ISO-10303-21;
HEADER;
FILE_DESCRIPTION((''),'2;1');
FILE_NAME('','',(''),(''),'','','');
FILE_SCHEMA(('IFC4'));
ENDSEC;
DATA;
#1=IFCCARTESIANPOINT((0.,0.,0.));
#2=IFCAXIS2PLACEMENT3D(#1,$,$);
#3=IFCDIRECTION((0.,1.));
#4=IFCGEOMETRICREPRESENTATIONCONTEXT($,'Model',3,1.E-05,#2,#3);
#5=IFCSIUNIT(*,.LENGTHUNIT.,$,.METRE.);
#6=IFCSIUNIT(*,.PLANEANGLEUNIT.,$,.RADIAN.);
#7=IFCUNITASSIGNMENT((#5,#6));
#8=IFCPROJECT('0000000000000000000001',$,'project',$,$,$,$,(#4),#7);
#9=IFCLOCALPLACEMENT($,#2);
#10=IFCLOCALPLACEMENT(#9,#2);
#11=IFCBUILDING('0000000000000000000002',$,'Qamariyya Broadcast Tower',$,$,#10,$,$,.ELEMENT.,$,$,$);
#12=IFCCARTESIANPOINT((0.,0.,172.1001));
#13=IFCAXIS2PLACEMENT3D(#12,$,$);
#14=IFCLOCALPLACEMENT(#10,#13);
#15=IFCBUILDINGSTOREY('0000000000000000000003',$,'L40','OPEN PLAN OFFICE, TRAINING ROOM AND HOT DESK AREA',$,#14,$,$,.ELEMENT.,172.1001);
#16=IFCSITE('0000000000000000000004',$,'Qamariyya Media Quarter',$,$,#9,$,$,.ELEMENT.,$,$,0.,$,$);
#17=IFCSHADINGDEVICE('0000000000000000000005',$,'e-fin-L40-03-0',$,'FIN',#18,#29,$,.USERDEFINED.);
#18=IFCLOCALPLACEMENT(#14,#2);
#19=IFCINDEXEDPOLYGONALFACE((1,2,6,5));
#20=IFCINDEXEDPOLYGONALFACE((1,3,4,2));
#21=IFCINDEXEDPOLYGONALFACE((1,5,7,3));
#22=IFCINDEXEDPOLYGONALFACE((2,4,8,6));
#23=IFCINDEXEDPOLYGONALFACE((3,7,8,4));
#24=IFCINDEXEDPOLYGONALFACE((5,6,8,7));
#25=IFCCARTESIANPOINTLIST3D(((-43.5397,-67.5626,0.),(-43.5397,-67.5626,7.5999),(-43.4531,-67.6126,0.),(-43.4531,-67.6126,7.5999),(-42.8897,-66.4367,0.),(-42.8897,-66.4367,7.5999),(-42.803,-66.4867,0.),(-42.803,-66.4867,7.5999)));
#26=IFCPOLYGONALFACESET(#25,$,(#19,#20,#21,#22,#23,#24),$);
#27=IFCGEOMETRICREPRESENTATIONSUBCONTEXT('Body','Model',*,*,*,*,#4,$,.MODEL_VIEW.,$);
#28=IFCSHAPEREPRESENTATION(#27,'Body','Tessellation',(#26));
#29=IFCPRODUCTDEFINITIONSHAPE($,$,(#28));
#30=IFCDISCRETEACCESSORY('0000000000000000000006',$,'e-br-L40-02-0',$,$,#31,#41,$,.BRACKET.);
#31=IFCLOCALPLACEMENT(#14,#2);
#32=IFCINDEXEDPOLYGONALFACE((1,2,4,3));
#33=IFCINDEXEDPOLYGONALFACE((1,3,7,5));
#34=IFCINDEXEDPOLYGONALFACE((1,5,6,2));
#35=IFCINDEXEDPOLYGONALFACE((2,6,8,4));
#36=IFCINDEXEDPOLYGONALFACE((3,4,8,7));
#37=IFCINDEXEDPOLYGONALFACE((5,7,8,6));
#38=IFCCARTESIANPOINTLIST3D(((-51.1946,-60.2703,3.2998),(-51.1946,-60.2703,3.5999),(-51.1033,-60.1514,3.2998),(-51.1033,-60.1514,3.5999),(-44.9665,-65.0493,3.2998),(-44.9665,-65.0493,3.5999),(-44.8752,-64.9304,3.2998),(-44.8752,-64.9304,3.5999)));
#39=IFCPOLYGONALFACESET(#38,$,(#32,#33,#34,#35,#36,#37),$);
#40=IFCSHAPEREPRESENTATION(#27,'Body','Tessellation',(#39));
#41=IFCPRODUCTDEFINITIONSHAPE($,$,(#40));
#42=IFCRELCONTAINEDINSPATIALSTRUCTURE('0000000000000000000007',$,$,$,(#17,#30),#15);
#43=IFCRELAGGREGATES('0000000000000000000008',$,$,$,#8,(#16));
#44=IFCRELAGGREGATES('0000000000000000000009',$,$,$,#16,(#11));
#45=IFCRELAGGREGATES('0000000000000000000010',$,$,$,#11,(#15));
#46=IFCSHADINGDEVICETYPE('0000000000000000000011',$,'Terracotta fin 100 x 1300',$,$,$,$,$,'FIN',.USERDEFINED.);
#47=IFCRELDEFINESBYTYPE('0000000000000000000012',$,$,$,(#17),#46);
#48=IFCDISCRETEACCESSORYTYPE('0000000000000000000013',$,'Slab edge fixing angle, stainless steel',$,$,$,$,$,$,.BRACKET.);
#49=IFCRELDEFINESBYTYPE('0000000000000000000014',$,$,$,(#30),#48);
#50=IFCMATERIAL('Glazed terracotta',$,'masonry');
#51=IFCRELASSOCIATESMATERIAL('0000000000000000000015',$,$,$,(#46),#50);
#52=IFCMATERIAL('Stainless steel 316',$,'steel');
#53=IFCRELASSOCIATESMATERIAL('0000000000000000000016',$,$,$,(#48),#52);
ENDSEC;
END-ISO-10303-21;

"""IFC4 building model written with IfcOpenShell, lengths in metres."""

from ifc_helpers import new_model, si_unit, direction, frame, origin, origin_2d, place, context, subcontext, project, spatial, rectangle, extrude, material, material_profile, profile_set, type_object, element, save


model = new_model("IFC4")

# Units and contexts
model_context = context("Model", 3, precision=1e-05, world=origin(), true_north=direction((0.0, 1.0)))
body_context = subcontext(model_context, "Body", "Model", "MODEL_VIEW")
ifc_project = project(units=[si_unit("LENGTHUNIT", "METRE"), si_unit("PLANEANGLEUNIT", "RADIAN")], contexts=[model_context])

# Site, building, storey
site_placement = place(None, origin())
site = spatial("IfcSite", under=ifc_project, at=site_placement, Name="Qamariyya Media Quarter", CompositionType="ELEMENT", RefElevation=0.0)
building_placement = place(site_placement, origin())
building = spatial("IfcBuilding", under=site, at=building_placement, Name="Qamariyya Broadcast Tower", CompositionType="ELEMENT")
storey_placement = place(building_placement, frame((0.0, 0.0, 172.1001)))
storey = spatial("IfcBuildingStorey", under=building, at=storey_placement, Name="L40", Description="OPEN PLAN OFFICE, TRAINING ROOM AND HOT DESK AREA", CompositionType="ELEMENT", Elevation=172.1001)

# Shading device
ifc_material_1 = material(Name="Glazed terracotta", Category="masonry")
ifc_material_profile_1 = material_profile(ifc_material_1, rectangle(XDim=1.3, YDim=0.1001, at=origin_2d()))
ifc_profile_set_1 = profile_set([ifc_material_profile_1], Name="Glazed terracotta")
shading_device_type_1 = type_object("IfcShadingDeviceType", Name="Terracotta fin 100 x 1300", ElementType="FIN", PredefinedType="USERDEFINED", material=ifc_profile_set_1)
for number, where, z_axis, x_axis, name in (
    (1, (-43.1714, -67.0247, 0.0), (0.0, 0.0, 1.0), (-0.5, -0.866025, 0.0), "e-fin-L40-03-0"),
):
    element("IfcShadingDevice", number, at=place(storey_placement, frame(where, z_axis=z_axis, x_axis=x_axis)), inside=storey, type_object=shading_device_type_1, Name=name, ObjectType="FIN", PredefinedType="USERDEFINED", context=body_context, shape_type="SweptSolid", body=[
        extrude(rectangle(XDim=1.3, YDim=0.1001, at=origin_2d()), origin(), (0.0, 0.0, 1.0), 7.5999),
    ])

# Discrete accessory
ifc_material_2 = material(Name="Stainless steel 316", Category="steel")
discrete_accessory_type = type_object("IfcDiscreteAccessoryType", Name="Slab edge fixing angle, stainless steel", PredefinedType="BRACKET", material=ifc_material_2)
discrete_accessory_placement = place(storey_placement, frame((-48.0349, -62.6003, 3.2998), z_axis=(0.0, 0.0, 1.0), x_axis=(0.793353, -0.608761, 0.0)))
element("IfcDiscreteAccessory", 2, at=discrete_accessory_placement, inside=storey, type_object=discrete_accessory_type, Name="e-br-L40-02-0", PredefinedType="BRACKET", context=body_context, shape_type="SweptSolid", body=[
    extrude(rectangle(XDim=7.8503, YDim=0.1499, at=origin_2d()), origin(), (0.0, 0.0, 1.0), 0.3),
])

save(model, "model.ifc")
